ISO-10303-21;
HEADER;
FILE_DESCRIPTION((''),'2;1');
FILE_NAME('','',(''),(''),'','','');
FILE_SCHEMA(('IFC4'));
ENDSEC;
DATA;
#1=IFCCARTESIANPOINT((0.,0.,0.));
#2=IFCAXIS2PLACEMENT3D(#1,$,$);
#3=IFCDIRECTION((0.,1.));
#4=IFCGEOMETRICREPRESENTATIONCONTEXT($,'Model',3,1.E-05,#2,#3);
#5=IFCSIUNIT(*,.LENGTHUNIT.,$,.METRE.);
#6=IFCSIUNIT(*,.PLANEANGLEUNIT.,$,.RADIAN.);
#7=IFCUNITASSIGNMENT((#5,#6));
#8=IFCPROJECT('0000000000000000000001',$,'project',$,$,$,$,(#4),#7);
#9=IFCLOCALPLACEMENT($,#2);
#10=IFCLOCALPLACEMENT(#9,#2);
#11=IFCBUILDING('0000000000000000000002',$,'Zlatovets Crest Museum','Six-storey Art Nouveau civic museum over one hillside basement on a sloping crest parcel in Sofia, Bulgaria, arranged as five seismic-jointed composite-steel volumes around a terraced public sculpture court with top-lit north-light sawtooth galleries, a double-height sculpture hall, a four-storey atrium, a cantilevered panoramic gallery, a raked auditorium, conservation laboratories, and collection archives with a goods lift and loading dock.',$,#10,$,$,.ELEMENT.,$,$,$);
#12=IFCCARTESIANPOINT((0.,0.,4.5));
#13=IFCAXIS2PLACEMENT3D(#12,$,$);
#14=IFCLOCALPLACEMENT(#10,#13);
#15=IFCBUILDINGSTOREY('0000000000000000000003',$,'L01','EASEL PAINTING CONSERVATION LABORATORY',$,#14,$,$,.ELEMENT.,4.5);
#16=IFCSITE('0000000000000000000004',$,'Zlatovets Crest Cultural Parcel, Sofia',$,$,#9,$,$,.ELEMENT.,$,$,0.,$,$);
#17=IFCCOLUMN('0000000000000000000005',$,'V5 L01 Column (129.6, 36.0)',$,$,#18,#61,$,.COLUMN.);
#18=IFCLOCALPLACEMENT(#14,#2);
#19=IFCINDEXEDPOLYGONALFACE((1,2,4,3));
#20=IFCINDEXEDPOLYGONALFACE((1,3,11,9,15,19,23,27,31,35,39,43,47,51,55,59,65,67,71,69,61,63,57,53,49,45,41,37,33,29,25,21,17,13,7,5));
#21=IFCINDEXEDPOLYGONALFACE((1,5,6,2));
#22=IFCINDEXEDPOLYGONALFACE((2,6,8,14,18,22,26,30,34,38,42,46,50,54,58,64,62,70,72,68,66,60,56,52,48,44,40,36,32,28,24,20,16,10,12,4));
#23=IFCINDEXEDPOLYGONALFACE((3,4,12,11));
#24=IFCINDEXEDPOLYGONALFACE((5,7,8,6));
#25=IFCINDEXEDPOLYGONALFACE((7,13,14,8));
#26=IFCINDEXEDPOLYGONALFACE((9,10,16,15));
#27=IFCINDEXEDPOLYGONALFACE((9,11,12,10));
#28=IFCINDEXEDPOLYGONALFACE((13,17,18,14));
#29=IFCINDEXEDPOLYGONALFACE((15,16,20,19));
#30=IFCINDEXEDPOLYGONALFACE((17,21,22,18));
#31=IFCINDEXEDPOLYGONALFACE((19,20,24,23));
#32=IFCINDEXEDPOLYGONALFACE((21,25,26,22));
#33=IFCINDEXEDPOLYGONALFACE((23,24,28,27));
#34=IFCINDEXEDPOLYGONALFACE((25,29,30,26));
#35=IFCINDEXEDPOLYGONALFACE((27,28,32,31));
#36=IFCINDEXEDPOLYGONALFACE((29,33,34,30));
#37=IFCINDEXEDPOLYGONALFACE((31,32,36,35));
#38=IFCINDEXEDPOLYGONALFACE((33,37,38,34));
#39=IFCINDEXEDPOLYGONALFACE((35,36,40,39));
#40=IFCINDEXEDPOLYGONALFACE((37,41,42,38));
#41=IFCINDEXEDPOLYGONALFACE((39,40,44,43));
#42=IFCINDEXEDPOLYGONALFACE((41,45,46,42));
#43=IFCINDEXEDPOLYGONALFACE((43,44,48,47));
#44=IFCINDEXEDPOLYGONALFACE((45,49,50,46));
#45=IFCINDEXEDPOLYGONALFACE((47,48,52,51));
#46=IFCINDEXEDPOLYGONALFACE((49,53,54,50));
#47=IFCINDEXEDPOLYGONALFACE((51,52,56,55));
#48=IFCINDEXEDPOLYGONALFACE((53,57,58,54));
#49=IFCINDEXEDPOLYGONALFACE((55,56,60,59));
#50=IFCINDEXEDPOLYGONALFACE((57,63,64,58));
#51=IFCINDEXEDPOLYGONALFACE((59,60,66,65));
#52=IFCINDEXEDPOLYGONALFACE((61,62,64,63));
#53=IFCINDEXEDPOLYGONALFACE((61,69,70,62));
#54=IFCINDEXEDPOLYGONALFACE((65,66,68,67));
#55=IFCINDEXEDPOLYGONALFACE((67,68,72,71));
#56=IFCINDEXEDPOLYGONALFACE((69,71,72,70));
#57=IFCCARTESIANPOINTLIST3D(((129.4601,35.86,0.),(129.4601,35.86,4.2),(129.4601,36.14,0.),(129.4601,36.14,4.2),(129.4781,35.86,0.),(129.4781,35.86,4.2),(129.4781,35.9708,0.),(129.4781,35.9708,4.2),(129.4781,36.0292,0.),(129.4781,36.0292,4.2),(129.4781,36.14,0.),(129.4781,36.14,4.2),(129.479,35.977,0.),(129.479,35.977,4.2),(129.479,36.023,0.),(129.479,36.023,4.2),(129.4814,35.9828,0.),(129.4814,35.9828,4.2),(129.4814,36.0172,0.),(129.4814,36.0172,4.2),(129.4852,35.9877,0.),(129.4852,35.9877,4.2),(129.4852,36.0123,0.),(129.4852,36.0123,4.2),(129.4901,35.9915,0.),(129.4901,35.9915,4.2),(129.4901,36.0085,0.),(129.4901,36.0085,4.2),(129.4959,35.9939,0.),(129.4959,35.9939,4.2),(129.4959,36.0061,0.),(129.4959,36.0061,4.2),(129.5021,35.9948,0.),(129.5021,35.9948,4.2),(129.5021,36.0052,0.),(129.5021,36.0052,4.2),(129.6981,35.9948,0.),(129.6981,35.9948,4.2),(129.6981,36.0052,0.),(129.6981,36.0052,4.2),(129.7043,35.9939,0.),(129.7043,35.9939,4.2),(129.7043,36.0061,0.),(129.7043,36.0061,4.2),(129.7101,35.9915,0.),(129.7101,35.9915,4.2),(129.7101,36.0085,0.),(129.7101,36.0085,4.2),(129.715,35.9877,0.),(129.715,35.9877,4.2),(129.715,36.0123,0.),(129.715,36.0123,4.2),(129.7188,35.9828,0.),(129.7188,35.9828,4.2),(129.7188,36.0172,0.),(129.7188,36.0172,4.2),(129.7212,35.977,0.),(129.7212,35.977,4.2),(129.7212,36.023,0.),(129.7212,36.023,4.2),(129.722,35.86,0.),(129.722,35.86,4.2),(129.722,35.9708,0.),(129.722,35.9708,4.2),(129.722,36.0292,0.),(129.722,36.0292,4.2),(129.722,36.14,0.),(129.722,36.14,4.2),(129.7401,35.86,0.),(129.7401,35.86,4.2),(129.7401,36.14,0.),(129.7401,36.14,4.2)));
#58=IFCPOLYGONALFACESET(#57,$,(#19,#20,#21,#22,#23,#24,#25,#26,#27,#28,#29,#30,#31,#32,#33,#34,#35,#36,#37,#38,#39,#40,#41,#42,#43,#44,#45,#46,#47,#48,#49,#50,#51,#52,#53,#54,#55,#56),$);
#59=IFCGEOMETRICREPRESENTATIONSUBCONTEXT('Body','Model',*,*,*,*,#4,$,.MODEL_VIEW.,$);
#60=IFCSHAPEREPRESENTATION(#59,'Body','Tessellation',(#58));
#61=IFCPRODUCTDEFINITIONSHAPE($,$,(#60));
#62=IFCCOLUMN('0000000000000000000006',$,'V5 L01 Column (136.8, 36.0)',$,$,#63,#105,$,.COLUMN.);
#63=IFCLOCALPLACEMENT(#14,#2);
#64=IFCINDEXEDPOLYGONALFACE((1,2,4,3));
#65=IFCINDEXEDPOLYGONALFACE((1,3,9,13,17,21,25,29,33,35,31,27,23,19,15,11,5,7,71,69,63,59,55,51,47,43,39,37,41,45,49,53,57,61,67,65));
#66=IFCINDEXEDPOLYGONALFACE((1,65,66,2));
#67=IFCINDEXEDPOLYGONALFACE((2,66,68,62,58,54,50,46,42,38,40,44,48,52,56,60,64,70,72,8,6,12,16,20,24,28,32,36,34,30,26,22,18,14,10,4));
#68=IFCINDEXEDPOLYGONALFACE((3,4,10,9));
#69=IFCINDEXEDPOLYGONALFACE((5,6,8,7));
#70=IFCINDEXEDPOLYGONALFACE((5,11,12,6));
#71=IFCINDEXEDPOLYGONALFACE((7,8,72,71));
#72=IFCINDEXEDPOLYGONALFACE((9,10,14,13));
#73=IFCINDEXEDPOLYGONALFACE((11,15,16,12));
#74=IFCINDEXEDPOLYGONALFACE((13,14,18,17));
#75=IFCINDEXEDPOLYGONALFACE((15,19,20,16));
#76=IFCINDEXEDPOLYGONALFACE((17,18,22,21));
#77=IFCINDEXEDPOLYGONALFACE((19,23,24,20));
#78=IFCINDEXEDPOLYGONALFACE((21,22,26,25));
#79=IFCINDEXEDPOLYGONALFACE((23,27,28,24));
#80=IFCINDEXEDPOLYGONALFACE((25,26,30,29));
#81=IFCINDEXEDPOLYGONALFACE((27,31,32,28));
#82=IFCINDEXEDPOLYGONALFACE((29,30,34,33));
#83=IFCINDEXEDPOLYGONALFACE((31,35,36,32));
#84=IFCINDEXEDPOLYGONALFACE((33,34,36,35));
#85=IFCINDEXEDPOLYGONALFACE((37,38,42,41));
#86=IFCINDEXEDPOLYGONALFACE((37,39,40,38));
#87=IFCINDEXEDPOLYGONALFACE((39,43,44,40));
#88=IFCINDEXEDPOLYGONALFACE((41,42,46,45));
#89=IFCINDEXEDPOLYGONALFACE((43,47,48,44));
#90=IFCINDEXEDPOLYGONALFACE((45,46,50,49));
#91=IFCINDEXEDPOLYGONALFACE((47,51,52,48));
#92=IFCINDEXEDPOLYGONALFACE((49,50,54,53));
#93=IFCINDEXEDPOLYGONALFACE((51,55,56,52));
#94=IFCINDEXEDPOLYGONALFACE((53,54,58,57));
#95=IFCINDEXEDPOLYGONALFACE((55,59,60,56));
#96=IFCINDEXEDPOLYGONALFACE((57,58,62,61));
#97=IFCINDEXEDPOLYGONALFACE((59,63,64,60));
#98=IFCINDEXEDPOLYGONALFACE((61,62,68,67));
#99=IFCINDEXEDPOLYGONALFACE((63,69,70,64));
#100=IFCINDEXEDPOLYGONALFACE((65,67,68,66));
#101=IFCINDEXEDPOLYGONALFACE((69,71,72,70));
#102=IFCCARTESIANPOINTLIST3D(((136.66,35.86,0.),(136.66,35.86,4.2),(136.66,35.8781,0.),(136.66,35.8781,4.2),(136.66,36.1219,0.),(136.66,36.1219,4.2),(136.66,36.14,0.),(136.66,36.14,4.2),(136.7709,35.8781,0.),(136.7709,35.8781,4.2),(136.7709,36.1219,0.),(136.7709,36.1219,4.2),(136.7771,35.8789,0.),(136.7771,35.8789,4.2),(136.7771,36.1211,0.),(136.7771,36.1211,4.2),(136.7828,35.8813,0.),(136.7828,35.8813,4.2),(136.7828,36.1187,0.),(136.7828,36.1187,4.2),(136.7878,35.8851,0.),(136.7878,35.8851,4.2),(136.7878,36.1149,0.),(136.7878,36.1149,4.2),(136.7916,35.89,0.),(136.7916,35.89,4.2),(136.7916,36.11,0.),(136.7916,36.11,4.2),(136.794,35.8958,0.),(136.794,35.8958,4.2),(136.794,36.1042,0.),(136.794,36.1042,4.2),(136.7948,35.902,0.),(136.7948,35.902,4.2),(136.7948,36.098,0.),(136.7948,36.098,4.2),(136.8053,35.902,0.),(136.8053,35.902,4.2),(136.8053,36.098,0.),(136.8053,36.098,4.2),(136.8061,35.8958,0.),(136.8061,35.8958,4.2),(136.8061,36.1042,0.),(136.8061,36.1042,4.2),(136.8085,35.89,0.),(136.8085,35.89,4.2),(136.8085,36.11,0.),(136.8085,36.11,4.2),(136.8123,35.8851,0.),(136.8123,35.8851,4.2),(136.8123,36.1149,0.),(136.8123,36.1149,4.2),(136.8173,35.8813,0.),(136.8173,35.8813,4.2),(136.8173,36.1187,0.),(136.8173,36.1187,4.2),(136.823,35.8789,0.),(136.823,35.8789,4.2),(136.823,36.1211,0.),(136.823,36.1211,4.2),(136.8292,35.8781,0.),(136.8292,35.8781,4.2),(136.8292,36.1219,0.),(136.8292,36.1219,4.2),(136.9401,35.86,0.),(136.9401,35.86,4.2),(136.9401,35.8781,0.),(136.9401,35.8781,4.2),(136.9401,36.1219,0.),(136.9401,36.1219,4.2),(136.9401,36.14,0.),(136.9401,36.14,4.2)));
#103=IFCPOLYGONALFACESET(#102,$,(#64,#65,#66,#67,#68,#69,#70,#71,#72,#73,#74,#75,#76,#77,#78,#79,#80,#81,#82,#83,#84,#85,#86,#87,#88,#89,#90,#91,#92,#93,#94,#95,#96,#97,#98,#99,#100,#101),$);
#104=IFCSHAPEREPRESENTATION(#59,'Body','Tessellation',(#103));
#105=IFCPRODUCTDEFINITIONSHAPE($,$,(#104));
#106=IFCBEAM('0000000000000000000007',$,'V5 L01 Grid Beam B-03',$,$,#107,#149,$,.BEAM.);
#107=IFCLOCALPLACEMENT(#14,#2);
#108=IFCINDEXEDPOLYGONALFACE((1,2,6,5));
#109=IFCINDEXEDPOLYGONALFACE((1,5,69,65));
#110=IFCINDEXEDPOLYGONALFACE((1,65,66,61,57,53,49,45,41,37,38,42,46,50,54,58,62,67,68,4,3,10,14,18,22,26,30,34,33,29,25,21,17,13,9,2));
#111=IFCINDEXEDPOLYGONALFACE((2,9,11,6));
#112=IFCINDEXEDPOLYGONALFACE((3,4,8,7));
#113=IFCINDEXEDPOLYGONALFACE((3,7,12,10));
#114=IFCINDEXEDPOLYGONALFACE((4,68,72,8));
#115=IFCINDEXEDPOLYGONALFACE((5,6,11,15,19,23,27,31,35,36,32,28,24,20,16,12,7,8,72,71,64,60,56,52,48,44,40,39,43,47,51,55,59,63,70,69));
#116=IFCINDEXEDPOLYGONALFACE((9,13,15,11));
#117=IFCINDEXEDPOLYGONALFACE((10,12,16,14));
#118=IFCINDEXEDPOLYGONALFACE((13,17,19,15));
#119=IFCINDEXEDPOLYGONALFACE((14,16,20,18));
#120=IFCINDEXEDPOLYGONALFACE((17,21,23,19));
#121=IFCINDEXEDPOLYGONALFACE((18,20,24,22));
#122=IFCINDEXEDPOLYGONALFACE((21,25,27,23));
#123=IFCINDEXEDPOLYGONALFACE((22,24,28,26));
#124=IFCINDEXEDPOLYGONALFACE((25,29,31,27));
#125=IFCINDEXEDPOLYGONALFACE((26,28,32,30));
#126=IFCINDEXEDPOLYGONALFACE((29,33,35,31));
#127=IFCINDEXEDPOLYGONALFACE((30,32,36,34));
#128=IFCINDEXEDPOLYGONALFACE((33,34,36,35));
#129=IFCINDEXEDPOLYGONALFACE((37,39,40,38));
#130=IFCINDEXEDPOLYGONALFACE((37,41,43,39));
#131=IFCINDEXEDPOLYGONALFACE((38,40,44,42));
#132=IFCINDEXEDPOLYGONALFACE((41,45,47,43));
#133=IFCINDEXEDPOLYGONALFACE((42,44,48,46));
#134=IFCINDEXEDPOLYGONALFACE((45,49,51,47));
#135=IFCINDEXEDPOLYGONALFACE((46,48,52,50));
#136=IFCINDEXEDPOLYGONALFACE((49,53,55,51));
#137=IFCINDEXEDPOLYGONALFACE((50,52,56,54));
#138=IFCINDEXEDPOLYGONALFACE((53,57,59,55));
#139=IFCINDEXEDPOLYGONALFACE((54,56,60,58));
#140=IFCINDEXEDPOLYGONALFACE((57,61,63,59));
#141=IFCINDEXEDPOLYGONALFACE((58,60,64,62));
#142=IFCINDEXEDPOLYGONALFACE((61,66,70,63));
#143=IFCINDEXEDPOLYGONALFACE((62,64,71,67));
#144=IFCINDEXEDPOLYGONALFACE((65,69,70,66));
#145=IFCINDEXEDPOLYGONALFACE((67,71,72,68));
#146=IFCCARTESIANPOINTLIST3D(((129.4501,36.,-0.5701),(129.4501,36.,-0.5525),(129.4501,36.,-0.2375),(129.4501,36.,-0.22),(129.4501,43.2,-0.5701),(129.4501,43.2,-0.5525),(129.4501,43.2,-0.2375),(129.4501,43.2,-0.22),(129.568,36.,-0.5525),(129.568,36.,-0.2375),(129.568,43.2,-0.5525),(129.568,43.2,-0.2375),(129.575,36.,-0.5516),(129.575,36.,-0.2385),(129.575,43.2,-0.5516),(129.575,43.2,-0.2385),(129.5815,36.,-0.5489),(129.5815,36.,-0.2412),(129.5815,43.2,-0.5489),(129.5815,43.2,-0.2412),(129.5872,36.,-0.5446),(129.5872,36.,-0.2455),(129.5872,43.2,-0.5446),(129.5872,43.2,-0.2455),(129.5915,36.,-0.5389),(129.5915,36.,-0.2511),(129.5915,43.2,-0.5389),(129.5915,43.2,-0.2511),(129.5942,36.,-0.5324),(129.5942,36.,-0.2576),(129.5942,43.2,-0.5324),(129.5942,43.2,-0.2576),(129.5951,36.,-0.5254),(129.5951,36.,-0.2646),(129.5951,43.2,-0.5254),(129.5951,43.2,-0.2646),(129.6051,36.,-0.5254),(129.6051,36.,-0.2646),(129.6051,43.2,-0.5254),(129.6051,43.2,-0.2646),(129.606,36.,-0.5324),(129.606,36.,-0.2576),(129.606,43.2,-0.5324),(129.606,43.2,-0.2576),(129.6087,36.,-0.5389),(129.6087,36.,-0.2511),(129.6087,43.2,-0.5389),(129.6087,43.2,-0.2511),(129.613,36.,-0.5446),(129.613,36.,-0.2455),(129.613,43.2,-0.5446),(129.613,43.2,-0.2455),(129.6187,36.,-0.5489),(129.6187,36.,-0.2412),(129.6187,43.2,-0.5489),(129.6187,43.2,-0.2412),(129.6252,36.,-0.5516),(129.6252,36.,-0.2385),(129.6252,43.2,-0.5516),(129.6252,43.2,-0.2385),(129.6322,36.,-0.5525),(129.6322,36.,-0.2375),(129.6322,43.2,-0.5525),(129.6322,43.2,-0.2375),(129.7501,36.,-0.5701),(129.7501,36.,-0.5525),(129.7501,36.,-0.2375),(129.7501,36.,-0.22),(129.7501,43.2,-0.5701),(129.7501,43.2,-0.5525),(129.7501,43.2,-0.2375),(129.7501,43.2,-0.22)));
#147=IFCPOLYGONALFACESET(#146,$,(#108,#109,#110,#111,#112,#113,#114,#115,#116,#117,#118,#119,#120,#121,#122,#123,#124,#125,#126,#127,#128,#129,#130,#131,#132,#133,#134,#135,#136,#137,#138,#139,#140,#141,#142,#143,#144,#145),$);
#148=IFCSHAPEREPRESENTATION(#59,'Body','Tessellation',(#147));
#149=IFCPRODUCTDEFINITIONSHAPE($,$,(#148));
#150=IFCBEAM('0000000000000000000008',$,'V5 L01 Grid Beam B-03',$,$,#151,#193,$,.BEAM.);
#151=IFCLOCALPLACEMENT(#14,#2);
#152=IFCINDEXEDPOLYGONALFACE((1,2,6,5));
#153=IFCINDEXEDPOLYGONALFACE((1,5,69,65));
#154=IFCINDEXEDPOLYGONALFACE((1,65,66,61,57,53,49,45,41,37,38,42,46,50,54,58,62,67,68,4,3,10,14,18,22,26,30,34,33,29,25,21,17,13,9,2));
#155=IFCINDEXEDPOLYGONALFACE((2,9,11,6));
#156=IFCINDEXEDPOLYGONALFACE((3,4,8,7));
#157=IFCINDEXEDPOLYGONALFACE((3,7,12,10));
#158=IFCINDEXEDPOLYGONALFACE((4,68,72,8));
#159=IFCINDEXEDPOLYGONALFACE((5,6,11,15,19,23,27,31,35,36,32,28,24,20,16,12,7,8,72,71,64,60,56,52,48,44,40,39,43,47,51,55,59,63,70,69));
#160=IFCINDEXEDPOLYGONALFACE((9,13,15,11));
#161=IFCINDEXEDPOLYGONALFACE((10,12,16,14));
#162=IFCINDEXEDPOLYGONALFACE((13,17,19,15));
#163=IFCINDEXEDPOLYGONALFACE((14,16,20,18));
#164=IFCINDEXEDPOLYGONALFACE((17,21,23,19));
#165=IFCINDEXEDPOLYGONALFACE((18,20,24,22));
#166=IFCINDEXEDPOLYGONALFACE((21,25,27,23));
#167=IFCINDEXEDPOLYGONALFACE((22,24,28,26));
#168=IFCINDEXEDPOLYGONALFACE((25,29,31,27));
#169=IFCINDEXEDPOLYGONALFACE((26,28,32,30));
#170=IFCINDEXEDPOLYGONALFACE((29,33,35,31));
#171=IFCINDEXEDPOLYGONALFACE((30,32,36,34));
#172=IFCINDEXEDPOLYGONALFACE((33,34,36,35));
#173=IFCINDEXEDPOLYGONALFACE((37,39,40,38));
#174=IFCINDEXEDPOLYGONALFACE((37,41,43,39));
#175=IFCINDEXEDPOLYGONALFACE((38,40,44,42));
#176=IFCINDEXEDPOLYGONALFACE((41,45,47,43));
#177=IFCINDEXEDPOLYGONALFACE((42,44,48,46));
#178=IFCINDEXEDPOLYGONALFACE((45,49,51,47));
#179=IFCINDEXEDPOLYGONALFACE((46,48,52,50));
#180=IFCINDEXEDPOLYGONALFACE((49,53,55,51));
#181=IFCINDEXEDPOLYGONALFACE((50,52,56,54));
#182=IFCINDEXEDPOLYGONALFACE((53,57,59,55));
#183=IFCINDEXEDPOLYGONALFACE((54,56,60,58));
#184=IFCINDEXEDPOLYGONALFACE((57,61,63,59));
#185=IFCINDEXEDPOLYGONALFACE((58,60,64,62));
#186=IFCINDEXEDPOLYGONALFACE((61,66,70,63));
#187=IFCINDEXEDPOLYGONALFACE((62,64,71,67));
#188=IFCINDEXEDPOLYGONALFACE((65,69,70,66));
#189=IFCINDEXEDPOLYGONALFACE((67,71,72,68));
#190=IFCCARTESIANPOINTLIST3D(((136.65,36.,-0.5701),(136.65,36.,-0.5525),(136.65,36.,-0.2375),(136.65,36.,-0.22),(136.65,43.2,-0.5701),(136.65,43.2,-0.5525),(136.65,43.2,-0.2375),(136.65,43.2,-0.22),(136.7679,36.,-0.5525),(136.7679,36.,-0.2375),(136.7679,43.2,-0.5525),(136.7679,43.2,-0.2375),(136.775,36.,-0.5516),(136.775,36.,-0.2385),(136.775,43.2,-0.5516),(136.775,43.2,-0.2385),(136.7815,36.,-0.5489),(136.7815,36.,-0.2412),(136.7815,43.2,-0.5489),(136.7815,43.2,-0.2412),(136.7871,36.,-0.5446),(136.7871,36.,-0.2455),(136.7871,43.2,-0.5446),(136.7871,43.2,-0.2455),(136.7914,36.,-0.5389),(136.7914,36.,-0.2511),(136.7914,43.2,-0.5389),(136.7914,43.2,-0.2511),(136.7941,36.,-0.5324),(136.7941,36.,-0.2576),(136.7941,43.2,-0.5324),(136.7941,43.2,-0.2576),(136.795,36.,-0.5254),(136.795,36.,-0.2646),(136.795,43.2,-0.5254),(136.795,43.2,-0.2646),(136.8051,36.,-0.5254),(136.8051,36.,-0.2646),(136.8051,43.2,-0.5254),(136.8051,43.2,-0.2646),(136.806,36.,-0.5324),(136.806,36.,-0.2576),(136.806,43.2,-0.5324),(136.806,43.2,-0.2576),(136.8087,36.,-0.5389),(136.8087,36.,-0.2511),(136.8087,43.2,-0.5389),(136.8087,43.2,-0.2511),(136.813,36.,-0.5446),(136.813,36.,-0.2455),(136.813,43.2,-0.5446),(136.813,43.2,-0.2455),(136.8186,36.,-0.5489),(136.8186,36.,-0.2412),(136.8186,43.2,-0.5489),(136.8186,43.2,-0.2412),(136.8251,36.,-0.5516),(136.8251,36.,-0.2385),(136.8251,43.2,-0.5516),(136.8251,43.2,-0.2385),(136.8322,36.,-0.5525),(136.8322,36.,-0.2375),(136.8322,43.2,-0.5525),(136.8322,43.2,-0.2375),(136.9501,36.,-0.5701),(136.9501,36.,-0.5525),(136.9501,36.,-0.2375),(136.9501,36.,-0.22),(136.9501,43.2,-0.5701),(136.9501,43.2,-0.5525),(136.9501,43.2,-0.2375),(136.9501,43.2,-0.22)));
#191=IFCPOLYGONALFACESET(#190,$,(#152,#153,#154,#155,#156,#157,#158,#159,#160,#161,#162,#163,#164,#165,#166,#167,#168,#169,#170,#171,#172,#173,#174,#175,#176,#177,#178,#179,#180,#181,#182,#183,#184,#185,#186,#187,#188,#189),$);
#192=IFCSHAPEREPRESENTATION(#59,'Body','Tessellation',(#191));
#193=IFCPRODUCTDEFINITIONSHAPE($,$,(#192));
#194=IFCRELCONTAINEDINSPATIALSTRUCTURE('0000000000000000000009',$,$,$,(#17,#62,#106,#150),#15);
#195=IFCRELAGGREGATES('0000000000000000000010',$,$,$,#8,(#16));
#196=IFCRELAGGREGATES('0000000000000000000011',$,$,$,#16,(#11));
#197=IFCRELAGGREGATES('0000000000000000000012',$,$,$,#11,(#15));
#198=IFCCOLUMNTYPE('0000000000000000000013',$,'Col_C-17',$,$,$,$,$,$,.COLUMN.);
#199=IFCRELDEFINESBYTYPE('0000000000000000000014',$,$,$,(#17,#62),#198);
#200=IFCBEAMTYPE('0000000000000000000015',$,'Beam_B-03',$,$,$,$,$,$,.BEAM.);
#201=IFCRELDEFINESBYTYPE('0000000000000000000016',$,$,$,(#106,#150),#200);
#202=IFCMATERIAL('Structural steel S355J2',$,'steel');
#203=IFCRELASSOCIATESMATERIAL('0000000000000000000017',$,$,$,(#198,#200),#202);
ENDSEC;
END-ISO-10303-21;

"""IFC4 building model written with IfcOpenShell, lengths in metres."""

from ifc_helpers import new_model, si_unit, direction, frame, origin, origin_2d, place, context, subcontext, project, spatial, i_section, extrude, material, material_profile, profile_set, type_object, element, save


model = new_model("IFC4")

# Units and contexts
model_context = context("Model", 3, precision=1e-05, world=origin(), true_north=direction((0.0, 1.0)))
body_context = subcontext(model_context, "Body", "Model", "MODEL_VIEW")
ifc_project = project(units=[si_unit("LENGTHUNIT", "METRE"), si_unit("PLANEANGLEUNIT", "RADIAN")], contexts=[model_context])

# Site, building, storey
site_placement = place(None, origin())
site = spatial("IfcSite", under=ifc_project, at=site_placement, Name="Zlatovets Crest Cultural Parcel, Sofia", CompositionType="ELEMENT", RefElevation=0.0)
building_placement = place(site_placement, origin())
building = spatial("IfcBuilding", under=site, at=building_placement, Name="Zlatovets Crest Museum", Description="Six-storey Art Nouveau civic museum over one hillside basement on a sloping crest parcel in Sofia, Bulgaria, arranged as five seismic-jointed composite-steel volumes around a terraced public sculpture court with top-lit north-light sawtooth galleries, a double-height sculpture hall, a four-storey atrium, a cantilevered panoramic gallery, a raked auditorium, conservation laboratories, and collection archives with a goods lift and loading dock.", CompositionType="ELEMENT")
storey_placement = place(building_placement, frame((0.0, 0.0, 4.5)))
storey = spatial("IfcBuildingStorey", under=building, at=storey_placement, Name="L01", Description="EASEL PAINTING CONSERVATION LABORATORY", CompositionType="ELEMENT", Elevation=4.5)

# Columns
ifc_material_1 = material(Name="Structural steel S355J2", Category="steel")
ifc_material_profile_1 = material_profile(ifc_material_1, i_section(OverallWidth=0.28, OverallDepth=0.28, WebThickness=0.0105, FlangeThickness=0.0181, FilletRadius=0.0239, at=origin_2d()), Name="HEB 280")
ifc_profile_set_1 = profile_set([ifc_material_profile_1], Name="Structural steel S355J2")
column_type = type_object("IfcColumnType", Name="Col_C-17", PredefinedType="COLUMN", material=ifc_profile_set_1)
for number, where, z_axis, x_axis, name in (
    (1, (129.6001, 36.0, 0.0), (0.0, 0.0, 1.0), (0.0, 1.0, 0.0), "V5 L01 Column (129.6, 36.0)"),
    (2, (136.8, 36.0, 0.0), (0.0, 0.0, 1.0), (1.0, 0.0, 0.0), "V5 L01 Column (136.8, 36.0)"),
):
    element("IfcColumn", number, at=place(storey_placement, frame(where, z_axis=z_axis, x_axis=x_axis)), inside=storey, type_object=column_type, Name=name, PredefinedType="COLUMN", context=body_context, shape_type="SweptSolid", body=[
        extrude(i_section(OverallWidth=0.28, OverallDepth=0.28, WebThickness=0.0105, FlangeThickness=0.0181, FilletRadius=0.0239, at=origin_2d()), origin(), (0.0, 0.0, 1.0), 4.2),
    ])

# Beams
ifc_material_profile_2 = material_profile(ifc_material_1, i_section(OverallWidth=0.3, OverallDepth=0.3501, WebThickness=0.01, FlangeThickness=0.0176, FilletRadius=0.0271, at=origin_2d()), Name="HEA 360")
ifc_profile_set_2 = profile_set([ifc_material_profile_2], Name="Structural steel S355J2")
beam_type_1 = type_object("IfcBeamType", Name="Beam_B-03", PredefinedType="BEAM", material=ifc_profile_set_2)
for number, where, z_axis, x_axis, name in (
    (3, (129.6001, 36.0, -0.395), (0.0, 1.0, 0.0), (-1.0, 0.0, 0.0), "V5 L01 Grid Beam B-03"),
    (4, (136.8, 36.0, -0.395), (0.0, 1.0, 0.0), (-1.0, 0.0, 0.0), "V5 L01 Grid Beam B-03"),
):
    element("IfcBeam", number, at=place(storey_placement, frame(where, z_axis=z_axis, x_axis=x_axis)), inside=storey, type_object=beam_type_1, Name=name, PredefinedType="BEAM", context=body_context, shape_type="SweptSolid", body=[
        extrude(i_section(OverallWidth=0.3, OverallDepth=0.3501, WebThickness=0.01, FlangeThickness=0.0176, FilletRadius=0.0271, at=origin_2d()), origin(), (0.0, 0.0, 1.0), 7.2),
    ])

save(model, "model.ifc")
